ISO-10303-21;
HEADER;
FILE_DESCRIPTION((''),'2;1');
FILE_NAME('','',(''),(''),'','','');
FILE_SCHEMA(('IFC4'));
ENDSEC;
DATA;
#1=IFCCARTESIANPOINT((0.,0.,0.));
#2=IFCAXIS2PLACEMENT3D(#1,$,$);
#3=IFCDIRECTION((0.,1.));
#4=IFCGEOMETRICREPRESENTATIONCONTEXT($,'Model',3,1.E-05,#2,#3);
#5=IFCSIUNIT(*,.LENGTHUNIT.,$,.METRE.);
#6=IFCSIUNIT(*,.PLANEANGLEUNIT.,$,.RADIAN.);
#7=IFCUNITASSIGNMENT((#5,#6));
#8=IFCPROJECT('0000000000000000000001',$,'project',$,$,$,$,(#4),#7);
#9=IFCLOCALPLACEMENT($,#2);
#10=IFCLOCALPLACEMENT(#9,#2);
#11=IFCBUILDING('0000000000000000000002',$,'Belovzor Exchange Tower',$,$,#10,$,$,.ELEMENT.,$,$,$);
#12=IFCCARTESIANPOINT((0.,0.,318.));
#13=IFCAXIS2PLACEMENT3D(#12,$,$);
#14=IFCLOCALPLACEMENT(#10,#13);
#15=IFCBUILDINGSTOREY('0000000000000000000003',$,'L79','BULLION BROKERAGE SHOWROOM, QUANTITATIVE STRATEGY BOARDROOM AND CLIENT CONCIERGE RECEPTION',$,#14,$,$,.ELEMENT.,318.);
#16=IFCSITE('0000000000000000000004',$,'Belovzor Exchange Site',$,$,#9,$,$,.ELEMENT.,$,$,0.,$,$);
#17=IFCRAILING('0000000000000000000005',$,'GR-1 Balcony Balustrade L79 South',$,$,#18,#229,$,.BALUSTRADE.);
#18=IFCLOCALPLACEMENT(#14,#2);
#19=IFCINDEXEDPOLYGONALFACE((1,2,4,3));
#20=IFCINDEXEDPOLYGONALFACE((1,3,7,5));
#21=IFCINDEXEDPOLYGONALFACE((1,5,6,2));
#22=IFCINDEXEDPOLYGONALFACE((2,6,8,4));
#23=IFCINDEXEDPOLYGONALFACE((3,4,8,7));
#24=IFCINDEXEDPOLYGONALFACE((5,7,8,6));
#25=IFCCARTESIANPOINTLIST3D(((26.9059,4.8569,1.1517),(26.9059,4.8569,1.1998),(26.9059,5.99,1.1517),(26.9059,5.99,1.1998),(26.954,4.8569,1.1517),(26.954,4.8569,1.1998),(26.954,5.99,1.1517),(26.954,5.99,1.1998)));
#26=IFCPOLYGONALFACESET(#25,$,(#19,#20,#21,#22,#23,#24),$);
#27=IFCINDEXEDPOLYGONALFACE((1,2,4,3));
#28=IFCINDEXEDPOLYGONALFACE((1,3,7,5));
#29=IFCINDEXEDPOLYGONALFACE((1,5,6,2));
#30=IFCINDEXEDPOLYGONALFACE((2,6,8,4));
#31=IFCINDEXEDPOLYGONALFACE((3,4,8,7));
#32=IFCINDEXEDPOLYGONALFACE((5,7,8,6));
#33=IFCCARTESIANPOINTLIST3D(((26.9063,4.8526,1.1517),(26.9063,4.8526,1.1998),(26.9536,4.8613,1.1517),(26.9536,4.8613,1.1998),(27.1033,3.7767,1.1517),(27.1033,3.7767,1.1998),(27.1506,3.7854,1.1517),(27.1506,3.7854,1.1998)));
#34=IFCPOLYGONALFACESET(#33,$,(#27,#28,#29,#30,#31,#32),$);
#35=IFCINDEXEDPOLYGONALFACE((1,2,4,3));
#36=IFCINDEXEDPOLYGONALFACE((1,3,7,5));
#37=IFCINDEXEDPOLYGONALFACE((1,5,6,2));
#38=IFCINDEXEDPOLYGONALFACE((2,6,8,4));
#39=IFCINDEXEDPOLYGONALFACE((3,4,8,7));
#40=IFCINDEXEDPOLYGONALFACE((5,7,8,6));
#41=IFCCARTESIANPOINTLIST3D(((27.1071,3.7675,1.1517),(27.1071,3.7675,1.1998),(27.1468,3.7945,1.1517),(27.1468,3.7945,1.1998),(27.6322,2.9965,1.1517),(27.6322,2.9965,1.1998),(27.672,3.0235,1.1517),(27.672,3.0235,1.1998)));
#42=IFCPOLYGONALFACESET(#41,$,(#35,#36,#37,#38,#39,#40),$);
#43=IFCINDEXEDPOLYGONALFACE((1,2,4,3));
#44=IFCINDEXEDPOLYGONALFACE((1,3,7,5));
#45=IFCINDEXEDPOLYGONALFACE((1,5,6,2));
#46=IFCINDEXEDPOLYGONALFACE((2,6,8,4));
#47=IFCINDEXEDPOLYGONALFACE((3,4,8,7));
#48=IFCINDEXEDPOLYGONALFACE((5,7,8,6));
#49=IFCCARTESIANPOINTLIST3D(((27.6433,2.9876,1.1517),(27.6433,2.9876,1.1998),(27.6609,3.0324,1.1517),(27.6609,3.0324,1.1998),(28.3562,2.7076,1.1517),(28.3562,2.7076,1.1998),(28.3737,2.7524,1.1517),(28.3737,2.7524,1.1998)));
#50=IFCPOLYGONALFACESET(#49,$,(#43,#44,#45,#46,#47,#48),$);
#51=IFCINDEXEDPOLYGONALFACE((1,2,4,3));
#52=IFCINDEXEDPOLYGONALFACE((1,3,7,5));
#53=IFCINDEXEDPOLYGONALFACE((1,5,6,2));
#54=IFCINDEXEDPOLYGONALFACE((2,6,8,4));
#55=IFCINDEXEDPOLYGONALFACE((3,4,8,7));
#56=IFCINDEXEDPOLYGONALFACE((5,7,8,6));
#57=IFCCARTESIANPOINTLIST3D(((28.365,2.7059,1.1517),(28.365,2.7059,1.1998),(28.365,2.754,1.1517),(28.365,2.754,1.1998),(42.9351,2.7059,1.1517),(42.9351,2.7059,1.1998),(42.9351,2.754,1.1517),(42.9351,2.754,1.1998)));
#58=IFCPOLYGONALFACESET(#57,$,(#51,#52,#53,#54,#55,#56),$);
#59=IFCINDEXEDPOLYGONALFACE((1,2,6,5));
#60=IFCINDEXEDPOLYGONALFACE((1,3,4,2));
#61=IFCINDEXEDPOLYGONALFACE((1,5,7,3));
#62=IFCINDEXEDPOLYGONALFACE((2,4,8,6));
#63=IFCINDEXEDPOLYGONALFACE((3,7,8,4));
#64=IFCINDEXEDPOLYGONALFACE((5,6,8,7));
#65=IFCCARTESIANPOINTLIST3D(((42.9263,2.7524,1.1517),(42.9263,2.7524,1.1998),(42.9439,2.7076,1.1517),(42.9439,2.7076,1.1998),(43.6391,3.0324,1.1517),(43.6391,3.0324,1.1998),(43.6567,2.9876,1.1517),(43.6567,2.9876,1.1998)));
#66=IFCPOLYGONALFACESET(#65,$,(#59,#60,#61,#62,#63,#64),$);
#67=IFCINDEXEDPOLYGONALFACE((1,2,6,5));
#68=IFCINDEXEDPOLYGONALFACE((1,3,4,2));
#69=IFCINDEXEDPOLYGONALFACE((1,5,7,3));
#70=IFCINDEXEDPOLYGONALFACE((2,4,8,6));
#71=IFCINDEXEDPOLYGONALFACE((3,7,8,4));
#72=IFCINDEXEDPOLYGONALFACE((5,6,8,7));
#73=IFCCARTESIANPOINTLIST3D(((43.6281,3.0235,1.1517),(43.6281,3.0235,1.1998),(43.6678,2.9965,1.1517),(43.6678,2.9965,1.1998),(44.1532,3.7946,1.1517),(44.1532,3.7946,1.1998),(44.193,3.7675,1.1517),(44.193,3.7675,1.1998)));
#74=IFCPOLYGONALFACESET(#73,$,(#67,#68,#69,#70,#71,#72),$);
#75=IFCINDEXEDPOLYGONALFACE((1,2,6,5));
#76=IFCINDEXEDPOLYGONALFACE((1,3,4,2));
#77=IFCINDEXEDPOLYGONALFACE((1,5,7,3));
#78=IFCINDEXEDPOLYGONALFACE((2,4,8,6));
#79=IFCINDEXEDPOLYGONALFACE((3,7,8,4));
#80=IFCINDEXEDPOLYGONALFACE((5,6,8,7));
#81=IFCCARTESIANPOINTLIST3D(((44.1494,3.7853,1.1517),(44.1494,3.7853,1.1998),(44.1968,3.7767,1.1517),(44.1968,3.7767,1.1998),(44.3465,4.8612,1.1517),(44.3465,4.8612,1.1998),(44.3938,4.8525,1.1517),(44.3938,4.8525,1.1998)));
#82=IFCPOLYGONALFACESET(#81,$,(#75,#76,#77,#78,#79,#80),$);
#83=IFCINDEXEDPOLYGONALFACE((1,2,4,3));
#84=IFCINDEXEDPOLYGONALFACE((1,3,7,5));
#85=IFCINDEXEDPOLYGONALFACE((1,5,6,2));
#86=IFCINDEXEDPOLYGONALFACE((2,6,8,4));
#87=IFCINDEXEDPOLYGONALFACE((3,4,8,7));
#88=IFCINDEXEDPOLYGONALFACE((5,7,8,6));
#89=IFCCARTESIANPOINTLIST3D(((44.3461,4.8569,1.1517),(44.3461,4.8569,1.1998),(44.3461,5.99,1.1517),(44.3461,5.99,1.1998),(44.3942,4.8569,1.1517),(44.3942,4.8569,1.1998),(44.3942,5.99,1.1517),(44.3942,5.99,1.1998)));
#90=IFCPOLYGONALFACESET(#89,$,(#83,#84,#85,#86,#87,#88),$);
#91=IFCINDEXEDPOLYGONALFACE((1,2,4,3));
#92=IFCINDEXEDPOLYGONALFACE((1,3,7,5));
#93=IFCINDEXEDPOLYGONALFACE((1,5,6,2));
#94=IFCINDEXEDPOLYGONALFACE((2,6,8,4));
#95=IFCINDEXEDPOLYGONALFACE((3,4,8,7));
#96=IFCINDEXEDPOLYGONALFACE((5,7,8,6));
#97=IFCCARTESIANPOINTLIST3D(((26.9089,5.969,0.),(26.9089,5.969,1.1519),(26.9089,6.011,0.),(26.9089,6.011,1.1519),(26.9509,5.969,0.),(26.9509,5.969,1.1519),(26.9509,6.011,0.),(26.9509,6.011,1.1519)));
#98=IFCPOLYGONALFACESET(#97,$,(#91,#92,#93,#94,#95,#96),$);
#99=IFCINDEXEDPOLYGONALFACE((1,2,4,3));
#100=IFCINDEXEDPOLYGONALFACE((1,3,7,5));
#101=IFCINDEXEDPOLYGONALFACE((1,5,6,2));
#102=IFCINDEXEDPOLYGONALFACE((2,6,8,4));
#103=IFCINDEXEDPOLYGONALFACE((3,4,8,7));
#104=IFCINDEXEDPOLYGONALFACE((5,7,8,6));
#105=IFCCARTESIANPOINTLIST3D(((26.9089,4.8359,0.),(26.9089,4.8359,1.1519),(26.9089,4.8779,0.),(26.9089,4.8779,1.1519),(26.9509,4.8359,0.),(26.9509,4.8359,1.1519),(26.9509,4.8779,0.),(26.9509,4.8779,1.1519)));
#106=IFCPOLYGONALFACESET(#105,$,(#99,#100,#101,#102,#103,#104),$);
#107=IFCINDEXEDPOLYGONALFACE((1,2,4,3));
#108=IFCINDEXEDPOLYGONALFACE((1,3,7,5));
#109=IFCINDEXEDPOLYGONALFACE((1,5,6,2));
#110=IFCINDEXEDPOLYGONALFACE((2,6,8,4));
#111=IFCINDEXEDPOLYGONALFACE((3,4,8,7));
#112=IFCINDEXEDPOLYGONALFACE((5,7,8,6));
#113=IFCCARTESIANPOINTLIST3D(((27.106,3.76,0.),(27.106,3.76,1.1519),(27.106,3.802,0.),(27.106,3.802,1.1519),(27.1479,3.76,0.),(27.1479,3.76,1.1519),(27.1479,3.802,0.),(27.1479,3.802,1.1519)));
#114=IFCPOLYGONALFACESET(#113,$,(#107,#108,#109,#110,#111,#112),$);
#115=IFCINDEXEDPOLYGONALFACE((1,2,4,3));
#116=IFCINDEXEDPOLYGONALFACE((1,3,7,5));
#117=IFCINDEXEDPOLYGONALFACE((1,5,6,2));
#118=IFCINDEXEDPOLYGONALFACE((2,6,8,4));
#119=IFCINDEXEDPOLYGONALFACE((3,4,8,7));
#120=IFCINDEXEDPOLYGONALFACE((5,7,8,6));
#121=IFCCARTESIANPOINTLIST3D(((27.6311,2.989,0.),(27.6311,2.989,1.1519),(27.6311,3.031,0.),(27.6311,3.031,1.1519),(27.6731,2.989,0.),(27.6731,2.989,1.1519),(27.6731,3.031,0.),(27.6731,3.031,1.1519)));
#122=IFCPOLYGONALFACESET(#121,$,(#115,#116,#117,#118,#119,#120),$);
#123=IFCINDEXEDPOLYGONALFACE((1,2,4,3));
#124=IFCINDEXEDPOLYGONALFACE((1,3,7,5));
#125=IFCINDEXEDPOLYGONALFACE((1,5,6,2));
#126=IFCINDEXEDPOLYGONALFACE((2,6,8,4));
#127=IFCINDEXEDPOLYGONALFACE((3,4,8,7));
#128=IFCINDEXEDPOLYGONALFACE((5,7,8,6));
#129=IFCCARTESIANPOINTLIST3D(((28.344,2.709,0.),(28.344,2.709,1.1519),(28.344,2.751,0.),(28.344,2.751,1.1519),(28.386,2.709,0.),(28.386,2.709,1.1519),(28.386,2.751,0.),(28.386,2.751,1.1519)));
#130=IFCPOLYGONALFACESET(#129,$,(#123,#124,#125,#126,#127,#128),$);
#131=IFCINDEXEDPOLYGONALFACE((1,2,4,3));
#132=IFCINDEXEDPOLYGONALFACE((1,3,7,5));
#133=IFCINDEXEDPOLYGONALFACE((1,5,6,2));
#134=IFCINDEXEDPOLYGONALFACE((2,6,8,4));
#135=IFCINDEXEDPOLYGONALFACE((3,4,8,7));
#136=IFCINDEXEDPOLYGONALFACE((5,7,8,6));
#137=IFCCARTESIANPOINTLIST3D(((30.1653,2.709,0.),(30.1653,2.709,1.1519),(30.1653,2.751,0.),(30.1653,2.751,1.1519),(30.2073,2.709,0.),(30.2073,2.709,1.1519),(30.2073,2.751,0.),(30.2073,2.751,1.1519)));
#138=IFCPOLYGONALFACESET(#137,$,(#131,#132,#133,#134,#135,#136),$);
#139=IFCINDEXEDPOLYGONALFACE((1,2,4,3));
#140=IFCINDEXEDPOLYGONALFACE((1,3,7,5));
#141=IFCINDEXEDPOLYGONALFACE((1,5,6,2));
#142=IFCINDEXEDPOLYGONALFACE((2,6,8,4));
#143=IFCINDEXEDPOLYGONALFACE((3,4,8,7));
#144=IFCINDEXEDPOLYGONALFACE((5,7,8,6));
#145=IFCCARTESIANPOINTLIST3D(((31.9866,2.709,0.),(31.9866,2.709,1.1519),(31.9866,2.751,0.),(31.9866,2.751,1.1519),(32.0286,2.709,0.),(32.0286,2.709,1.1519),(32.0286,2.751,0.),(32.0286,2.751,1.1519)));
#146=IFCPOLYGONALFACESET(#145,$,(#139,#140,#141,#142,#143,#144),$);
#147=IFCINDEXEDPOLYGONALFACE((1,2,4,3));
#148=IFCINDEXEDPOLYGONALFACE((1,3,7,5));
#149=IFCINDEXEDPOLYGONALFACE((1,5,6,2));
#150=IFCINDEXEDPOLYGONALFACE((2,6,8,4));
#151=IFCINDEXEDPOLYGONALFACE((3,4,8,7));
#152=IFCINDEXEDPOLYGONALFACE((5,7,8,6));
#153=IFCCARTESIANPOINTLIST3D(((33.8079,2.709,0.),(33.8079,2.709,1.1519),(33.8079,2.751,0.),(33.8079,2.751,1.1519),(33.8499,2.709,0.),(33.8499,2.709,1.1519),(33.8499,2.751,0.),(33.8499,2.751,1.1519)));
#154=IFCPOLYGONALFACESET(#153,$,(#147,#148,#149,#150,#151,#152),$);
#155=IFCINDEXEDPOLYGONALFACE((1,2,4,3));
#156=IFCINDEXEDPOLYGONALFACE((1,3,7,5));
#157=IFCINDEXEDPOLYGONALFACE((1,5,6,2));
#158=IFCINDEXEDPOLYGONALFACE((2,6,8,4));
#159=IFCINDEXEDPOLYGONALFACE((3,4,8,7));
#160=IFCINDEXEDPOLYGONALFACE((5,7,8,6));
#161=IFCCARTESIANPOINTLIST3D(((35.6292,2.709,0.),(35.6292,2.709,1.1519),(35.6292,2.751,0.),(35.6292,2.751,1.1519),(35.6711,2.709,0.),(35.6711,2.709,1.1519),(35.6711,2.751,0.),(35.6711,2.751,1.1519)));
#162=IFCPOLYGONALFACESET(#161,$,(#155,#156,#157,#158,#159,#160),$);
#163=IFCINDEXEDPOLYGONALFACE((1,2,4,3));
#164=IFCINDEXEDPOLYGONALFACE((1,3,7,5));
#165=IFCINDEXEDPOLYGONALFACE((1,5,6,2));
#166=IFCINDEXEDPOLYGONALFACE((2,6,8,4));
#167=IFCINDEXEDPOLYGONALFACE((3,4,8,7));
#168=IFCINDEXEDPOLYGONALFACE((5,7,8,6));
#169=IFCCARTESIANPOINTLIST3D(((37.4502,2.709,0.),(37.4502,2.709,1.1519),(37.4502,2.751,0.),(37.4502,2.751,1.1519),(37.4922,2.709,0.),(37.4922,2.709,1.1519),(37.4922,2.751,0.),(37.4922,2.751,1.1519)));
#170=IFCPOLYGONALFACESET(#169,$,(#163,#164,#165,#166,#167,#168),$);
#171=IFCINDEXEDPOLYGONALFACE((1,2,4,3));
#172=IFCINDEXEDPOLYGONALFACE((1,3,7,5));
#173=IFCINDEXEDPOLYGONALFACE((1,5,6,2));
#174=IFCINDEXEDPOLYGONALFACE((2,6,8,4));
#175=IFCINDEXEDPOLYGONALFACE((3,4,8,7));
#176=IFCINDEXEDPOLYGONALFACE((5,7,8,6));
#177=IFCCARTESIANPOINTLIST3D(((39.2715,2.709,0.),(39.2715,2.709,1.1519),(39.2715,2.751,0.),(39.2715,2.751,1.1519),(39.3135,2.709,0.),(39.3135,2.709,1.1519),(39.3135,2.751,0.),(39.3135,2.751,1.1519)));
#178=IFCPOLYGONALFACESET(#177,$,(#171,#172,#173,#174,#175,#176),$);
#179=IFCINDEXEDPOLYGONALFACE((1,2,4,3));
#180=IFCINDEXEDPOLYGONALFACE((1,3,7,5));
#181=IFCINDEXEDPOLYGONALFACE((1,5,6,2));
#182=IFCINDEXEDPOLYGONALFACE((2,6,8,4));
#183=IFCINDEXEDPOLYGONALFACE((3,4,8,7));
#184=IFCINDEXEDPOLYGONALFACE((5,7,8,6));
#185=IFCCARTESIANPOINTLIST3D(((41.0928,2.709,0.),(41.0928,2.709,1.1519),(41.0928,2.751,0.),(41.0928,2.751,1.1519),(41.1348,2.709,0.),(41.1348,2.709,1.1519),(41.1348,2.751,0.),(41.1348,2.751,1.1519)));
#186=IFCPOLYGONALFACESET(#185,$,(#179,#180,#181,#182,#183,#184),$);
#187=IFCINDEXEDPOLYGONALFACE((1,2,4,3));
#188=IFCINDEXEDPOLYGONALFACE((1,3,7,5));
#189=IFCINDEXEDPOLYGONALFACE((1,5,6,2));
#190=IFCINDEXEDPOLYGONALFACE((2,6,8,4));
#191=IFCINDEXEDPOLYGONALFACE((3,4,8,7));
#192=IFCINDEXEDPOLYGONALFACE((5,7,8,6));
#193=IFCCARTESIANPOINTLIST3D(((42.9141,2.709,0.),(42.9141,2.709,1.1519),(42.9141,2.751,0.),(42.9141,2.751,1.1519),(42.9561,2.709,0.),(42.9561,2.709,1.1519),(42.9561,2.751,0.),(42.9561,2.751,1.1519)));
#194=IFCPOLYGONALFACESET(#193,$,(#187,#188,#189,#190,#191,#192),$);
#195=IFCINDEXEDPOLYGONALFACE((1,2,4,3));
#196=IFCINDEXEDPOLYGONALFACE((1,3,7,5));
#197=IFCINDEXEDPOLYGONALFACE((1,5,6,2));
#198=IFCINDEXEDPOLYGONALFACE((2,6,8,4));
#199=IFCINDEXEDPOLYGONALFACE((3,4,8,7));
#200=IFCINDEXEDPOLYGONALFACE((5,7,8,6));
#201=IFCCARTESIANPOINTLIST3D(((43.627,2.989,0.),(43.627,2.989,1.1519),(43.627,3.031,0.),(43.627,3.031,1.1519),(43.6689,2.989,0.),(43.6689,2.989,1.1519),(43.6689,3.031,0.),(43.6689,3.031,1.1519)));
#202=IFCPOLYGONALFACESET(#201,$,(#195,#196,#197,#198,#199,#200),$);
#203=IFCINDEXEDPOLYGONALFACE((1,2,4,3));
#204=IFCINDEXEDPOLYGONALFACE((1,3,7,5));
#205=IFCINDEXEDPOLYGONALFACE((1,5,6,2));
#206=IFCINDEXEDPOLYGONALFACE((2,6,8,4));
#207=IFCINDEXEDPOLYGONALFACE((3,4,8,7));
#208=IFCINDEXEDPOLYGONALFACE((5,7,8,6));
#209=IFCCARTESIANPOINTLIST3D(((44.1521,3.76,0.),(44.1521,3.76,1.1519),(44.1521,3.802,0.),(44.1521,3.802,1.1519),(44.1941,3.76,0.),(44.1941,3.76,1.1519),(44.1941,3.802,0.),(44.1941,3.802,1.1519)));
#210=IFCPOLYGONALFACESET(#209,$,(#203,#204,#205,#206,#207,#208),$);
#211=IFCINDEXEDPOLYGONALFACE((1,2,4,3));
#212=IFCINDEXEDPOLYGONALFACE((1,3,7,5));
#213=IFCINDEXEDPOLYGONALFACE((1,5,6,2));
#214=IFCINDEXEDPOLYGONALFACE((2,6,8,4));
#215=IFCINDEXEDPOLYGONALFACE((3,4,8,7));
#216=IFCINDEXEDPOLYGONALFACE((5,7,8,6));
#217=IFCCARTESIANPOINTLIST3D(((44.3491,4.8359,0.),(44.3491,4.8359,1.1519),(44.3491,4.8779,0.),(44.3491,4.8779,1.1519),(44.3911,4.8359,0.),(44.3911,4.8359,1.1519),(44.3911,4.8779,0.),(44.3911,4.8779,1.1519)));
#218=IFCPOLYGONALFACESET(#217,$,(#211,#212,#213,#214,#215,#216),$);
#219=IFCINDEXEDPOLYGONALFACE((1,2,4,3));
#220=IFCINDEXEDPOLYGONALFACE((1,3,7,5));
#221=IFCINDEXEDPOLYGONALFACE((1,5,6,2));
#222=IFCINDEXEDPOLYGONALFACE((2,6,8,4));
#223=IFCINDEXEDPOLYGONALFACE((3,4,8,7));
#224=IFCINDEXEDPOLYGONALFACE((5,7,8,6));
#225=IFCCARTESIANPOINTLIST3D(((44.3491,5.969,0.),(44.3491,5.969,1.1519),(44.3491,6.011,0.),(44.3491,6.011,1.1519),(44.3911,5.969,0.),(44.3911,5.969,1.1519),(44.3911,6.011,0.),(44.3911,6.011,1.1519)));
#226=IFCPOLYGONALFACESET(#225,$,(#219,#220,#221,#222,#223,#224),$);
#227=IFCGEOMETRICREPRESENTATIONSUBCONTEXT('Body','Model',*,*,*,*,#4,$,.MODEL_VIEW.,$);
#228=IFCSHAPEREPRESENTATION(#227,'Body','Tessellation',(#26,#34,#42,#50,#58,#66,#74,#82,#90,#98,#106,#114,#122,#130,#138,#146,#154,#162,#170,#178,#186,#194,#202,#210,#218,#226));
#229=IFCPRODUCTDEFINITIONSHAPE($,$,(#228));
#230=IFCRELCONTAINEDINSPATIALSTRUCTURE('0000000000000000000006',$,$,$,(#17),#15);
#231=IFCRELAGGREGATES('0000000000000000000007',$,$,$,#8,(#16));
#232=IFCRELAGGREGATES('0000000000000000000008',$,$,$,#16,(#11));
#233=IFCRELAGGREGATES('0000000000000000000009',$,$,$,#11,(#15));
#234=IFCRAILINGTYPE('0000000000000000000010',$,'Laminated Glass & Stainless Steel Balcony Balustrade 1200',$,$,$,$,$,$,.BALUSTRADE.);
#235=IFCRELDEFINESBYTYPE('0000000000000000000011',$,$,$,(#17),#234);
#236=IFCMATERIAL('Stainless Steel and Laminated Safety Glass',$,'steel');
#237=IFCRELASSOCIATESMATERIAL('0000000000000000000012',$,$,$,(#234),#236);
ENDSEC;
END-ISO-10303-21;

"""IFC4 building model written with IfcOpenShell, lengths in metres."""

from ifc_helpers import new_model, si_unit, direction, frame, origin, origin_2d, place, context, subcontext, project, spatial, rectangle, extrude, material, type_object, element, save


model = new_model("IFC4")

# Units and contexts
model_context = context("Model", 3, precision=1e-05, world=origin(), true_north=direction((0.0, 1.0)))
body_context = subcontext(model_context, "Body", "Model", "MODEL_VIEW")
ifc_project = project(units=[si_unit("LENGTHUNIT", "METRE"), si_unit("PLANEANGLEUNIT", "RADIAN")], contexts=[model_context])

# Site, building, storey
site_placement = place(None, origin())
site = spatial("IfcSite", under=ifc_project, at=site_placement, Name="Belovzor Exchange Site", CompositionType="ELEMENT", RefElevation=0.0)
building_placement = place(site_placement, origin())
building = spatial("IfcBuilding", under=site, at=building_placement, Name="Belovzor Exchange Tower", CompositionType="ELEMENT")
storey_placement = place(building_placement, frame((0.0, 0.0, 318.0)))
storey = spatial("IfcBuildingStorey", under=building, at=storey_placement, Name="L79", Description="BULLION BROKERAGE SHOWROOM, QUANTITATIVE STRATEGY BOARDROOM AND CLIENT CONCIERGE RECEPTION", CompositionType="ELEMENT", Elevation=318.0)

# Railing
ifc_material_1 = material(Name="Stainless Steel and Laminated Safety Glass", Category="steel")
railing_type = type_object("IfcRailingType", Name="Laminated Glass & Stainless Steel Balcony Balustrade 1200", PredefinedType="BALUSTRADE", material=ifc_material_1)
railing_placement = place(storey_placement, frame((26.9299, 5.99, 0.0)))
element("IfcRailing", 1, at=railing_placement, inside=storey, type_object=railing_type, Name="GR-1 Balcony Balustrade L79 South", PredefinedType="BALUSTRADE", context=body_context, shape_type="SweptSolid", body=[
    extrude(rectangle(XDim=0.0481, YDim=0.0481, at=origin_2d()), frame((0.0, 0.0, 1.1758), z_axis=(0.0, -1.0, 0.0), x_axis=(1.0, 0.0, 0.0)), (0.0, 0.0, 1.0), 1.1331),
    extrude(rectangle(XDim=0.0481, YDim=0.0481, at=origin_2d()), frame((0.0, -1.1331, 1.1758), z_axis=(0.180123, -0.983644, 0.0), x_axis=(0.983644, 0.180123, 0.0)), (0.0, 0.0, 1.0), 1.0938),
    extrude(rectangle(XDim=0.0481, YDim=0.0481, at=origin_2d()), frame((0.197, -2.209, 1.1758), z_axis=(0.562947, -0.826493, 0.0), x_axis=(0.826493, 0.562947, 0.0)), (0.0, 0.0, 1.0), 0.9329),
    extrude(rectangle(XDim=0.0481, YDim=0.0481, at=origin_2d()), frame((0.7222, -2.98, 1.1758), z_axis=(0.930767, -0.365613, 0.0), x_axis=(0.365613, 0.930767, 0.0)), (0.0, 0.0, 1.0), 0.7659),
    extrude(rectangle(XDim=0.0481, YDim=0.0481, at=origin_2d()), frame((1.4351, -3.26, 1.1758), z_axis=(1.0, 0.0, 0.0), x_axis=(0.0, 1.0, 0.0)), (0.0, 0.0, 1.0), 14.5701),
    extrude(rectangle(XDim=0.0481, YDim=0.0481, at=origin_2d()), frame((16.0051, -3.26, 1.1758), z_axis=(0.930767, 0.365613, 0.0), x_axis=(-0.365613, 0.930767, 0.0)), (0.0, 0.0, 1.0), 0.7659),
    extrude(rectangle(XDim=0.0481, YDim=0.0481, at=origin_2d()), frame((16.718, -2.98, 1.1758), z_axis=(0.562947, 0.826493, 0.0), x_axis=(-0.826493, 0.562947, 0.0)), (0.0, 0.0, 1.0), 0.9329),
    extrude(rectangle(XDim=0.0481, YDim=0.0481, at=origin_2d()), frame((17.2432, -2.209, 1.1758), z_axis=(0.180123, 0.983644, 0.0), x_axis=(-0.983644, 0.180123, 0.0)), (0.0, 0.0, 1.0), 1.0938),
    extrude(rectangle(XDim=0.0481, YDim=0.0481, at=origin_2d()), frame((17.4402, -1.1331, 1.1758), z_axis=(0.0, 1.0, 0.0), x_axis=(-1.0, 0.0, 0.0)), (0.0, 0.0, 1.0), 1.1331),
    extrude(rectangle(XDim=0.042, YDim=0.042, at=origin_2d()), origin(), (0.0, 0.0, 1.0), 1.1519),
    extrude(rectangle(XDim=0.042, YDim=0.042, at=origin_2d()), frame((0.0, -1.1331, 0.0)), (0.0, 0.0, 1.0), 1.1519),
    extrude(rectangle(XDim=0.042, YDim=0.042, at=origin_2d()), frame((0.197, -2.209, 0.0)), (0.0, 0.0, 1.0), 1.1519),
    extrude(rectangle(XDim=0.042, YDim=0.042, at=origin_2d()), frame((0.7222, -2.98, 0.0)), (0.0, 0.0, 1.0), 1.1519),
    extrude(rectangle(XDim=0.042, YDim=0.042, at=origin_2d()), frame((1.4351, -3.26, 0.0)), (0.0, 0.0, 1.0), 1.1519),
    extrude(rectangle(XDim=0.042, YDim=0.042, at=origin_2d()), frame((3.2563, -3.26, 0.0)), (0.0, 0.0, 1.0), 1.1519),
    extrude(rectangle(XDim=0.042, YDim=0.042, at=origin_2d()), frame((5.0776, -3.26, 0.0)), (0.0, 0.0, 1.0), 1.1519),
    extrude(rectangle(XDim=0.042, YDim=0.042, at=origin_2d()), frame((6.8989, -3.26, 0.0)), (0.0, 0.0, 1.0), 1.1519),
    extrude(rectangle(XDim=0.042, YDim=0.042, at=origin_2d()), frame((8.7202, -3.26, 0.0)), (0.0, 0.0, 1.0), 1.1519),
    extrude(rectangle(XDim=0.042, YDim=0.042, at=origin_2d()), frame((10.5413, -3.26, 0.0)), (0.0, 0.0, 1.0), 1.1519),
    extrude(rectangle(XDim=0.042, YDim=0.042, at=origin_2d()), frame((12.3625, -3.26, 0.0)), (0.0, 0.0, 1.0), 1.1519),
    extrude(rectangle(XDim=0.042, YDim=0.042, at=origin_2d()), frame((14.1838, -3.26, 0.0)), (0.0, 0.0, 1.0), 1.1519),
    extrude(rectangle(XDim=0.042, YDim=0.042, at=origin_2d()), frame((16.0051, -3.26, 0.0)), (0.0, 0.0, 1.0), 1.1519),
    extrude(rectangle(XDim=0.042, YDim=0.042, at=origin_2d()), frame((16.718, -2.98, 0.0)), (0.0, 0.0, 1.0), 1.1519),
    extrude(rectangle(XDim=0.042, YDim=0.042, at=origin_2d()), frame((17.2432, -2.209, 0.0)), (0.0, 0.0, 1.0), 1.1519),
    extrude(rectangle(XDim=0.042, YDim=0.042, at=origin_2d()), frame((17.4402, -1.1331, 0.0)), (0.0, 0.0, 1.0), 1.1519),
    extrude(rectangle(XDim=0.042, YDim=0.042, at=origin_2d()), frame((17.4402, 0.0, 0.0)), (0.0, 0.0, 1.0), 1.1519),
])

save(model, "model.ifc")
